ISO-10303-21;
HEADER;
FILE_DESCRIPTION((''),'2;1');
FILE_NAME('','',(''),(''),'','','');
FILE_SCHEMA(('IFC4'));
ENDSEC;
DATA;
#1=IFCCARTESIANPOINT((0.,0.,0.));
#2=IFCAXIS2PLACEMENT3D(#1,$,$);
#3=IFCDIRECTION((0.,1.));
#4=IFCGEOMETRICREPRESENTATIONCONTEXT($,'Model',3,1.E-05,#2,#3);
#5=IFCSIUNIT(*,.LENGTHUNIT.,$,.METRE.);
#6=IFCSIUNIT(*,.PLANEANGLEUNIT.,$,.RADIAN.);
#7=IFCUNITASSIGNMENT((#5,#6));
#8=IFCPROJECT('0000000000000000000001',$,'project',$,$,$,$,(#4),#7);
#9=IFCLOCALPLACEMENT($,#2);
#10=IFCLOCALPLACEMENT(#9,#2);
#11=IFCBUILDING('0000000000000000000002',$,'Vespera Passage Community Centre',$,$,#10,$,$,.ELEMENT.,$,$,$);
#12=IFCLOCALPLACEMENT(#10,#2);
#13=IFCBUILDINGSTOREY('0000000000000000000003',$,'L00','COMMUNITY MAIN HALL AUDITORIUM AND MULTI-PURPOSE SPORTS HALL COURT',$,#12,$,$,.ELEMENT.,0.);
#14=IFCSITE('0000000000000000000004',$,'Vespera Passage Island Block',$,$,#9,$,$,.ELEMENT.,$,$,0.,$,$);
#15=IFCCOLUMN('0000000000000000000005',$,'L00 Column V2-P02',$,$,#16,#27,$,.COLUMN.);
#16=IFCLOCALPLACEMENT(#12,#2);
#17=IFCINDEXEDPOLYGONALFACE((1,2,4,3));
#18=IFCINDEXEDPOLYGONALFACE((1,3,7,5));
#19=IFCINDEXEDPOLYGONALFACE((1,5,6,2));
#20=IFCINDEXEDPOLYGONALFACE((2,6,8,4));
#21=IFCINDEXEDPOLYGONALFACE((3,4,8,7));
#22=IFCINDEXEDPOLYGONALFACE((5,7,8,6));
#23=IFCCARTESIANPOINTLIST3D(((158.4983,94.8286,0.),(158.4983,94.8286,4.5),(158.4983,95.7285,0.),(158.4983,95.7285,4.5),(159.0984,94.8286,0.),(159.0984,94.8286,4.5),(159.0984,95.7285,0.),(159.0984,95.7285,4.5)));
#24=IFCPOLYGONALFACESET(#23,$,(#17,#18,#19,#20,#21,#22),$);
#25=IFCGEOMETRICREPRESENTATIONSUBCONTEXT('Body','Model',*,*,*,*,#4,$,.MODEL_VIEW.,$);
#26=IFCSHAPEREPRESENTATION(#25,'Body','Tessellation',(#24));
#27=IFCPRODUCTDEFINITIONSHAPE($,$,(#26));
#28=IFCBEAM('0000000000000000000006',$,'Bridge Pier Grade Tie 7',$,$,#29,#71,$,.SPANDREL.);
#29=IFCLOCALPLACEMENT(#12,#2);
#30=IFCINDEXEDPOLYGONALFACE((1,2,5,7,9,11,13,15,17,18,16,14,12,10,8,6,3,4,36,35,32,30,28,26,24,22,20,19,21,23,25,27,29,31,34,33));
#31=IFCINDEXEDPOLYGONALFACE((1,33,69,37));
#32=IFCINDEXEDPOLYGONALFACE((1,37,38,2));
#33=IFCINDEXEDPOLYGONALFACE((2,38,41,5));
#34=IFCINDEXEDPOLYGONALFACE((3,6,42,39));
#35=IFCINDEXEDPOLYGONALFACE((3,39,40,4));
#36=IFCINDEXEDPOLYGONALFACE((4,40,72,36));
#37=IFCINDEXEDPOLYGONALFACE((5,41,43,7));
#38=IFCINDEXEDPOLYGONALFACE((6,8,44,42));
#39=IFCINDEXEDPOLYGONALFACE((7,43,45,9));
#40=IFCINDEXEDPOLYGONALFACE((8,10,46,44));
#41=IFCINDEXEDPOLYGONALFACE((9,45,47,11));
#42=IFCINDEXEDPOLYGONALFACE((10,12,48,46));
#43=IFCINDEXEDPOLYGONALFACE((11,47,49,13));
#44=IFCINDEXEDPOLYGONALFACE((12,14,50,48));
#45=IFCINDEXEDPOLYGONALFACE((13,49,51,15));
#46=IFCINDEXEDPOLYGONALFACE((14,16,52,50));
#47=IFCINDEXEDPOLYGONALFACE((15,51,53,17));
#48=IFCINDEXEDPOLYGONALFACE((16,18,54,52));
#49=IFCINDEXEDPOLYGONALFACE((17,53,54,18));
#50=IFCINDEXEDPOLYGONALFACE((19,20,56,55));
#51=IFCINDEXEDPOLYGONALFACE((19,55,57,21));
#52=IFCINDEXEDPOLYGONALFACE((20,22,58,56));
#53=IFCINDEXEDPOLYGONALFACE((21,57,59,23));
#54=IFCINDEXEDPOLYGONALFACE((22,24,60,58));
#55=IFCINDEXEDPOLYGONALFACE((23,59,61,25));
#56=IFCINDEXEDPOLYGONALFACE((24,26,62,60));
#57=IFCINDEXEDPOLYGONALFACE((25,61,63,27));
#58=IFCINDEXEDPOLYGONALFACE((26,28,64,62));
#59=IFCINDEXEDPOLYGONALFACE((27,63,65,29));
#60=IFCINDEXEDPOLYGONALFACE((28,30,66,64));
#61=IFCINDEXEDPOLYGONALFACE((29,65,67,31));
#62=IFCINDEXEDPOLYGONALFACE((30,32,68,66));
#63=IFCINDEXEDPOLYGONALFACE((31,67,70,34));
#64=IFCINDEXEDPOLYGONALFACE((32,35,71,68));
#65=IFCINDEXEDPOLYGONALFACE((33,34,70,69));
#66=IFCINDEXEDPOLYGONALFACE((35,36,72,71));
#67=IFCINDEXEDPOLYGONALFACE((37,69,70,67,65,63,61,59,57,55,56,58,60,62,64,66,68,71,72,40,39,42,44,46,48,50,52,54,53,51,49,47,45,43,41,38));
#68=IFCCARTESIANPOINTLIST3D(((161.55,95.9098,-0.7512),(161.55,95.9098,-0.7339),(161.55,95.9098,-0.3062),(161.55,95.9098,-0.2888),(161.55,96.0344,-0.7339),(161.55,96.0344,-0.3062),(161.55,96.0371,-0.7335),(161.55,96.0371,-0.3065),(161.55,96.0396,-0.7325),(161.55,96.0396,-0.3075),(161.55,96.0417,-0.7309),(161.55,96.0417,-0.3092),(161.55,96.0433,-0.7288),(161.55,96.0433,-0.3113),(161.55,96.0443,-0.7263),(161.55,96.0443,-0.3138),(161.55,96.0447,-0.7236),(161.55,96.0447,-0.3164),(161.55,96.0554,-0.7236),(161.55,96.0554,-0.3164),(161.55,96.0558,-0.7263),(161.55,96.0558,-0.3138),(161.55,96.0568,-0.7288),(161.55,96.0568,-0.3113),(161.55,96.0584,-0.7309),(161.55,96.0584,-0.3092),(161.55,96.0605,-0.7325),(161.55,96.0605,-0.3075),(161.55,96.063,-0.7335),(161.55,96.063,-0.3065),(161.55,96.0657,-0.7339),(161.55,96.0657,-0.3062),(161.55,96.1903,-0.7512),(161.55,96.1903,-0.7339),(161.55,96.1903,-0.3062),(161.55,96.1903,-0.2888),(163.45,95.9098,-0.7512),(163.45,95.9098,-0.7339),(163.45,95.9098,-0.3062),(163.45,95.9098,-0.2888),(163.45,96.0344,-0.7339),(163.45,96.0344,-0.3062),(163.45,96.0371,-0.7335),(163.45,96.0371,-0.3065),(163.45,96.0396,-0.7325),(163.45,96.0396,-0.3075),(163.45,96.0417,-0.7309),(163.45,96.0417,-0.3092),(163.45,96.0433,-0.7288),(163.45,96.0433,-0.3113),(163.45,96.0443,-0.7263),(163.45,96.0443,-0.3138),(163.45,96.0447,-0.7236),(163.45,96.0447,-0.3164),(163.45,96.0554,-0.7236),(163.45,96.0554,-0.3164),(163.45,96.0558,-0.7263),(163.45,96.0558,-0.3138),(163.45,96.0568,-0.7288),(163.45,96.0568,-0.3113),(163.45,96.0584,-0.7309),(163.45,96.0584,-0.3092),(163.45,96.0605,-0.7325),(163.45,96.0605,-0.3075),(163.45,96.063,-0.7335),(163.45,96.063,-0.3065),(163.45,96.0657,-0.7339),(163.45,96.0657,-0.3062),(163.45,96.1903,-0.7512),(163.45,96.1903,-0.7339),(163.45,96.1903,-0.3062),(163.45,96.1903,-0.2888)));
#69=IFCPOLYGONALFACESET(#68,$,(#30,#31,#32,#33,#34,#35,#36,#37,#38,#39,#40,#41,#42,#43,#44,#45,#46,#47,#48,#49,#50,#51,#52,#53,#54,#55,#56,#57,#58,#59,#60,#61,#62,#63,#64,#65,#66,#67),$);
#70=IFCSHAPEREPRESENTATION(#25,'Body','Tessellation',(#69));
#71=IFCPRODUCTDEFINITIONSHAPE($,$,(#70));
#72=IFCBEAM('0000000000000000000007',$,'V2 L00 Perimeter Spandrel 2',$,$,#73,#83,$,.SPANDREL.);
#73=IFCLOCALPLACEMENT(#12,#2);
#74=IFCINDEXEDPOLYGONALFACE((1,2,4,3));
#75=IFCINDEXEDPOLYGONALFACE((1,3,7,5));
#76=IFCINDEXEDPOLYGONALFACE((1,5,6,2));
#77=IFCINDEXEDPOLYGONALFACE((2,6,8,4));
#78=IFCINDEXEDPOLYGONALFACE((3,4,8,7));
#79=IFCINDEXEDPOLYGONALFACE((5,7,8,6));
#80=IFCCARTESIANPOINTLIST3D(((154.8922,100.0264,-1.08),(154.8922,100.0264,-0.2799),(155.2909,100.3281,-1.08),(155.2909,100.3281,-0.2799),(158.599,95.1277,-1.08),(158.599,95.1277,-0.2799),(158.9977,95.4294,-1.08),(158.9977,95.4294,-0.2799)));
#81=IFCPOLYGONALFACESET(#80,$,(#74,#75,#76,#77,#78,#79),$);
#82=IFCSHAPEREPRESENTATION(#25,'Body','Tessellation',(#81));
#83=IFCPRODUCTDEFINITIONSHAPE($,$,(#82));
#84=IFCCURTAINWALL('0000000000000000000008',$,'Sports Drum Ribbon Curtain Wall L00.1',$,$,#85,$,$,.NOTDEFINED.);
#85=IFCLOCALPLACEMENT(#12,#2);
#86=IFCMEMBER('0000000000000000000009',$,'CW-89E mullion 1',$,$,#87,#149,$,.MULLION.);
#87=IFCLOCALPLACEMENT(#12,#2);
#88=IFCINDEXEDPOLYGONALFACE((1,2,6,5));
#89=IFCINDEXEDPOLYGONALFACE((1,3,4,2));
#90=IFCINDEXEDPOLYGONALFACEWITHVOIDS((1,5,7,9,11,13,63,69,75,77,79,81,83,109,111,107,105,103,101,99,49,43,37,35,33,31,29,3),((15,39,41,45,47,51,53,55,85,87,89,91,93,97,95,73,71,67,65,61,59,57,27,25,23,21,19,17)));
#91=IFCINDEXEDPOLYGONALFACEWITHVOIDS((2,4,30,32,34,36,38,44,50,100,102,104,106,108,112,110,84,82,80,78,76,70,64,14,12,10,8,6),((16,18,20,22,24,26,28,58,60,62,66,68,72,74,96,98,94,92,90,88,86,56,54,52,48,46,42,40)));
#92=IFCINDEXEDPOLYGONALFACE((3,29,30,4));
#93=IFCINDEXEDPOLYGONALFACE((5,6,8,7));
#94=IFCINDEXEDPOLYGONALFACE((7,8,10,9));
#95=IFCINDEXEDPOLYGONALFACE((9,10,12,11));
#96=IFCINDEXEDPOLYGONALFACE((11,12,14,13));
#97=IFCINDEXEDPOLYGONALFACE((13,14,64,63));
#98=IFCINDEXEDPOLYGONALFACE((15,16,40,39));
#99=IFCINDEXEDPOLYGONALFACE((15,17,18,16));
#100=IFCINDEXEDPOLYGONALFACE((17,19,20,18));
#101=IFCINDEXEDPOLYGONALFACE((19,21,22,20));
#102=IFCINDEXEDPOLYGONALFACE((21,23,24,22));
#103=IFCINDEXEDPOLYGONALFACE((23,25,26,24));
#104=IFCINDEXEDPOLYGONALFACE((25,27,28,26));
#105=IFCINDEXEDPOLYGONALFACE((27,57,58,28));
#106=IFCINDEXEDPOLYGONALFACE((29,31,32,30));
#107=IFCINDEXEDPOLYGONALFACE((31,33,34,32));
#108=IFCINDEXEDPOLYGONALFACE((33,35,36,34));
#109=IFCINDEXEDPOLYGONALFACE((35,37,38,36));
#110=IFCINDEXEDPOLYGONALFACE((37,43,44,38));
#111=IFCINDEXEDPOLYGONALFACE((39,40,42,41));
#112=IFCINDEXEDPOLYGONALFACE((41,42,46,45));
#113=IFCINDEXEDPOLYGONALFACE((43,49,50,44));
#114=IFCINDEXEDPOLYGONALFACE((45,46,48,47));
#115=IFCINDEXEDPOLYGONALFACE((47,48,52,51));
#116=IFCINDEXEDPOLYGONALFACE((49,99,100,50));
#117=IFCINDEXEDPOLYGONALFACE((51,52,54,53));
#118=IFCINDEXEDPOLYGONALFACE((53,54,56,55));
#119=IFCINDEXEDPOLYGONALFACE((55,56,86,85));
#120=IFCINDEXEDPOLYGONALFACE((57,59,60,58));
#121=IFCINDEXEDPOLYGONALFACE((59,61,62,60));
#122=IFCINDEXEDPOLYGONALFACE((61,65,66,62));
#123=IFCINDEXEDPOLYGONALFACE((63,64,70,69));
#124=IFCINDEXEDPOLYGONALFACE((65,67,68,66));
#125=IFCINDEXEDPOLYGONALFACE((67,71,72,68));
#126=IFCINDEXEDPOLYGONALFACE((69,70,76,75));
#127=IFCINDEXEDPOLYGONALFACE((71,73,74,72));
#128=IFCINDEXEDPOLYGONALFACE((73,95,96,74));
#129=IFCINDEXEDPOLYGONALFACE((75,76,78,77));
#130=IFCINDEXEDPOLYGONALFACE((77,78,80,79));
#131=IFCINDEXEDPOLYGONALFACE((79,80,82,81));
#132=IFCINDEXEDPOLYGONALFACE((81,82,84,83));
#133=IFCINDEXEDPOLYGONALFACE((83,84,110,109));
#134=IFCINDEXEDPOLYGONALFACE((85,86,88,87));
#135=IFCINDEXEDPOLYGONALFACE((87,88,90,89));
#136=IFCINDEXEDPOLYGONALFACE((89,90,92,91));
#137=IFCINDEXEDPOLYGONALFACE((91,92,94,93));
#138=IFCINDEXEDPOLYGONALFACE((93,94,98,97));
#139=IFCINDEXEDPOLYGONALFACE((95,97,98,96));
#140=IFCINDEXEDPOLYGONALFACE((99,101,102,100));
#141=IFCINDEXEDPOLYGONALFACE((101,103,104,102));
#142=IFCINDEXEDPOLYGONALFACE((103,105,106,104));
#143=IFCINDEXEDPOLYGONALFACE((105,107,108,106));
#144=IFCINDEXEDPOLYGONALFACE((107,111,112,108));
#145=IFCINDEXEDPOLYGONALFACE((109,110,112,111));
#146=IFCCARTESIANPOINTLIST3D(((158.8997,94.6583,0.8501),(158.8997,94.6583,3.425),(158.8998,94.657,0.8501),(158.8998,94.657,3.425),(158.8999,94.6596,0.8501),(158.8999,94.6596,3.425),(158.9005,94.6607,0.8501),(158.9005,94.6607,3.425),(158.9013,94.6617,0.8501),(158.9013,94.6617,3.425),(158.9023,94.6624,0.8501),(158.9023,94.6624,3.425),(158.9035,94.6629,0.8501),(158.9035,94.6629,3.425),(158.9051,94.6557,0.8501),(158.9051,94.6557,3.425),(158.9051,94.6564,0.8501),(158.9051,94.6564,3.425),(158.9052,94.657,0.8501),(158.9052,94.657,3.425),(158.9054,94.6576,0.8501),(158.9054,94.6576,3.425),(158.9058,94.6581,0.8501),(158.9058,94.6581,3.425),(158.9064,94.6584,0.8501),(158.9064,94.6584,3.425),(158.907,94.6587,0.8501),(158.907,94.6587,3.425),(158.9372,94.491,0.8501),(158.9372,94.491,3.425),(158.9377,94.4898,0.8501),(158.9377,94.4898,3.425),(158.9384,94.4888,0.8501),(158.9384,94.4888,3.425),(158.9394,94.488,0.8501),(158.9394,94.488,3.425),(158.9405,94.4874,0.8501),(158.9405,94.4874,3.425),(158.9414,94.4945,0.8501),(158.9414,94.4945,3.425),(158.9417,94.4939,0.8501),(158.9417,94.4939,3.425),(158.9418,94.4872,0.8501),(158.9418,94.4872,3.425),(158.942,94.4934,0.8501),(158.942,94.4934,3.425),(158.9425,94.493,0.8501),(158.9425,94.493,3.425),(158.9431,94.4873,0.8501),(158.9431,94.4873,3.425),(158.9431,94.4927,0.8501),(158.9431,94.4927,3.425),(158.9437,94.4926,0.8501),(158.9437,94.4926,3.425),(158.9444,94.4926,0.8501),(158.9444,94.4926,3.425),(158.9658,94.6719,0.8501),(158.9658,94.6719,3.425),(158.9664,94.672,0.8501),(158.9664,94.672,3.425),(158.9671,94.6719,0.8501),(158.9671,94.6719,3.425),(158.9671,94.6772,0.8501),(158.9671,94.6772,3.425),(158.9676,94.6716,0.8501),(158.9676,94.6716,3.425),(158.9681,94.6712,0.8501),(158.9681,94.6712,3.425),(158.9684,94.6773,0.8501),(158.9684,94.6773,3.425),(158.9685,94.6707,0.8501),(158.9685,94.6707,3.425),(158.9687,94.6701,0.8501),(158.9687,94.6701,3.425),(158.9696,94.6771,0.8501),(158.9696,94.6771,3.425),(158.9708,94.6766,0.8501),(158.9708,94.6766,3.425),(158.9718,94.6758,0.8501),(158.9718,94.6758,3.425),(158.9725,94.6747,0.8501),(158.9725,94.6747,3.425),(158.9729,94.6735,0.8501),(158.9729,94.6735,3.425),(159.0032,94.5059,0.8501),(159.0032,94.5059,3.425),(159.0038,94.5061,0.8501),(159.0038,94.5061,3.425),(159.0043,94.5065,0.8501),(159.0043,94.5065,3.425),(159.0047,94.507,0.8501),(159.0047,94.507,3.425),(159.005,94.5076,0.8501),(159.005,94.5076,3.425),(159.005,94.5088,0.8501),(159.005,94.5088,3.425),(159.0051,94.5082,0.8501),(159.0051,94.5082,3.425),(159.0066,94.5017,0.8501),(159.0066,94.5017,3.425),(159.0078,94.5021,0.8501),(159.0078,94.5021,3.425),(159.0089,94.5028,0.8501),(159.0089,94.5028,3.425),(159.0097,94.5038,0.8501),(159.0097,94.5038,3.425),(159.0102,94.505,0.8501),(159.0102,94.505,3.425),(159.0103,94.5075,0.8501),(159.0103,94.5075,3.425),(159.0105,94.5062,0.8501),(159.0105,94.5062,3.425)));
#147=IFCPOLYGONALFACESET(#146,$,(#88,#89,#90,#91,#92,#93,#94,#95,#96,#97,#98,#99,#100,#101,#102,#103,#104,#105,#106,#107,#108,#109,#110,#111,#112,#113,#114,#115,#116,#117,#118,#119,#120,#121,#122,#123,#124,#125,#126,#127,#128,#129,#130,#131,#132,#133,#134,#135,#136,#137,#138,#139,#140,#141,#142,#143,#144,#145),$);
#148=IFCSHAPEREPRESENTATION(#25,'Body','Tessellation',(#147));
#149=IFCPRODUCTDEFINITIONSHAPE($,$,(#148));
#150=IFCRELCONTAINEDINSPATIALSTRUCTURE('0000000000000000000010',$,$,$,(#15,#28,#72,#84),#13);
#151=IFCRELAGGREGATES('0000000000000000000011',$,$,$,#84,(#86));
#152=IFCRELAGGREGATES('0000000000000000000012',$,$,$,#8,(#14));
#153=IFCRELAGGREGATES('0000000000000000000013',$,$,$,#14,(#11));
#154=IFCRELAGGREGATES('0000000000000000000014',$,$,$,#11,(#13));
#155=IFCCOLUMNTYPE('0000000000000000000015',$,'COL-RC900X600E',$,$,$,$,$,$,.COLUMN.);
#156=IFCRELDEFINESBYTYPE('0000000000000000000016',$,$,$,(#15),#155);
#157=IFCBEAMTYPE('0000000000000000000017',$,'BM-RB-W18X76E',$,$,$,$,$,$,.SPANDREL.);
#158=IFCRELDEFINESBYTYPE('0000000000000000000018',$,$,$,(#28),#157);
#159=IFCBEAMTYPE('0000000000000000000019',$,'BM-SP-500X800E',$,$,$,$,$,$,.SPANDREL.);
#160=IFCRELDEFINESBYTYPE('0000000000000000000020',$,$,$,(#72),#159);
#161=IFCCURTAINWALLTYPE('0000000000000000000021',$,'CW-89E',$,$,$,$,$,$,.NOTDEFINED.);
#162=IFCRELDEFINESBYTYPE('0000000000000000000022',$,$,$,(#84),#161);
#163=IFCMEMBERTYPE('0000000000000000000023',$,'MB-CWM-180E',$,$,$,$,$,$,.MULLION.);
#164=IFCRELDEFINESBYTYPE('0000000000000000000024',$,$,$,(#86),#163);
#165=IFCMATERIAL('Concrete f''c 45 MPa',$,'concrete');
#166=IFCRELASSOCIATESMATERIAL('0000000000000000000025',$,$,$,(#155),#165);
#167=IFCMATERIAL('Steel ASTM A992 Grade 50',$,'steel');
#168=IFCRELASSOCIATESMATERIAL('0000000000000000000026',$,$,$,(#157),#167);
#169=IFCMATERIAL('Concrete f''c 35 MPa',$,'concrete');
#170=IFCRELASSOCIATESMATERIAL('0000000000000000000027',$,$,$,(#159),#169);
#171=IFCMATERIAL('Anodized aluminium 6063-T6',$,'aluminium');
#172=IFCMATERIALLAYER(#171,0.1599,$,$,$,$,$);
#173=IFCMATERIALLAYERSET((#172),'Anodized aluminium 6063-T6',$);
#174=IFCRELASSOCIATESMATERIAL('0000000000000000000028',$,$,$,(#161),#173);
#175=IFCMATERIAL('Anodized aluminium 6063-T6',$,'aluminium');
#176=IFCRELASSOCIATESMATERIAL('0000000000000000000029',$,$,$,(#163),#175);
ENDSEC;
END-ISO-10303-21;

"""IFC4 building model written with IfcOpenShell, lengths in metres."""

from ifc_helpers import new_model, si_unit, direction, frame, origin, origin_2d, place, context, subcontext, project, spatial, rectangle, hollow_rectangle, i_section, extrude, material, layer, layer_set, material_profile, profile_set, type_object, element, aggregate, save


model = new_model("IFC4")

# Units and contexts
model_context = context("Model", 3, precision=1e-05, world=origin(), true_north=direction((0.0, 1.0)))
body_context = subcontext(model_context, "Body", "Model", "MODEL_VIEW")
ifc_project = project(units=[si_unit("LENGTHUNIT", "METRE"), si_unit("PLANEANGLEUNIT", "RADIAN")], contexts=[model_context])

# Site, building, storey
site_placement = place(None, origin())
site = spatial("IfcSite", under=ifc_project, at=site_placement, Name="Vespera Passage Island Block", CompositionType="ELEMENT", RefElevation=0.0)
building_placement = place(site_placement, origin())
building = spatial("IfcBuilding", under=site, at=building_placement, Name="Vespera Passage Community Centre", CompositionType="ELEMENT")
storey_placement = place(building_placement, origin())
storey = spatial("IfcBuildingStorey", under=building, at=storey_placement, Name="L00", Description="COMMUNITY MAIN HALL AUDITORIUM AND MULTI-PURPOSE SPORTS HALL COURT", CompositionType="ELEMENT", Elevation=0.0)

# Column
ifc_material_1 = material(Name="Concrete f'c 45 MPa", Category="concrete")
ifc_material_profile_1 = material_profile(ifc_material_1, rectangle(XDim=0.6001, YDim=0.8999, at=origin_2d()), Name="RC900X600")
ifc_profile_set_1 = profile_set([ifc_material_profile_1], Name="Concrete f'c 45 MPa")
column_type_1 = type_object("IfcColumnType", Name="COL-RC900X600E", PredefinedType="COLUMN", material=ifc_profile_set_1)
column_placement = place(storey_placement, frame((158.7983, 95.2786, 0.0), z_axis=(0.0, 0.0, 1.0), x_axis=(1.0, 0.0, 0.0)))
element("IfcColumn", 1, at=column_placement, inside=storey, type_object=column_type_1, Name="L00 Column V2-P02", PredefinedType="COLUMN", context=body_context, shape_type="SweptSolid", body=[
    extrude(rectangle(XDim=0.6001, YDim=0.8999, at=origin_2d()), origin(), (0.0, 0.0, 1.0), 4.5),
])

# Beams
ifc_material_2 = material(Name="Steel ASTM A992 Grade 50", Category="steel")
ifc_material_profile_2 = material_profile(ifc_material_2, i_section(OverallWidth=0.2805, OverallDepth=0.4624, WebThickness=0.0107, FlangeThickness=0.0173, FilletRadius=0.0103, at=origin_2d()), Name="W18X76")
ifc_profile_set_2 = profile_set([ifc_material_profile_2], Name="Steel ASTM A992 Grade 50")
beam_type_1 = type_object("IfcBeamType", Name="BM-RB-W18X76E", PredefinedType="SPANDREL", material=ifc_profile_set_2)
beam_1_placement = place(storey_placement, frame((161.55, 96.05, -0.52), z_axis=(1.0, 0.0, 0.0), x_axis=(0.0, 1.0, 0.0)))
element("IfcBeam", 2, at=beam_1_placement, inside=storey, type_object=beam_type_1, Name="Bridge Pier Grade Tie 7", PredefinedType="SPANDREL", context=body_context, shape_type="SweptSolid", body=[
    extrude(i_section(OverallWidth=0.2805, OverallDepth=0.4624, WebThickness=0.0107, FlangeThickness=0.0173, FilletRadius=0.0103, at=origin_2d()), origin(), (0.0, 0.0, 1.0), 1.8999),
])
ifc_material_3 = material(Name="Concrete f'c 35 MPa", Category="concrete")
ifc_material_profile_3 = material_profile(ifc_material_3, rectangle(XDim=0.5, YDim=0.8, at=origin_2d()), Name="RC500X800")
ifc_profile_set_3 = profile_set([ifc_material_profile_3], Name="Concrete f'c 35 MPa")
beam_type_2 = type_object("IfcBeamType", Name="BM-SP-500X800E", PredefinedType="SPANDREL", material=ifc_profile_set_3)
beam_2_placement = place(storey_placement, frame((158.7983, 95.2786, -0.6799), z_axis=(-0.603409, 0.797432, 0.0), x_axis=(-0.797432, -0.603409, 0.0)))
element("IfcBeam", 3, at=beam_2_placement, inside=storey, type_object=beam_type_2, Name="V2 L00 Perimeter Spandrel 2", PredefinedType="SPANDREL", context=body_context, shape_type="SweptSolid", body=[
    extrude(rectangle(XDim=0.5, YDim=0.8, at=origin_2d()), origin(), (0.0, 0.0, 1.0), 6.1431),
])

# Curtain wall, member
ifc_material_4 = material(Name="Anodized aluminium 6063-T6", Category="aluminium")
ifc_layer_1 = layer(ifc_material_4, 0.1599)
ifc_layer_set_1 = layer_set([ifc_layer_1], Name="Anodized aluminium 6063-T6")
curtain_wall_type_1 = type_object("IfcCurtainWallType", Name="CW-89E", PredefinedType="NOTDEFINED", material=ifc_layer_set_1)
curtain_wall_1_placement = place(storey_placement, origin())
curtain_wall_1 = element("IfcCurtainWall", 4, at=curtain_wall_1_placement, inside=storey, type_object=curtain_wall_type_1, Name="Sports Drum Ribbon Curtain Wall L00.1", PredefinedType="NOTDEFINED")
ifc_material_5 = material(Name="Anodized aluminium 6063-T6", Category="aluminium")
ifc_material_profile_4 = material_profile(ifc_material_5, hollow_rectangle(XDim=0.075, YDim=0.1799, WallThickness=0.0049, InnerFilletRadius=0.0024, OuterFilletRadius=0.0049, at=origin_2d()), Name="ALU180X75X5")
ifc_profile_set_4 = profile_set([ifc_material_profile_4], Name="Anodized aluminium 6063-T6")
member_type_1 = type_object("IfcMemberType", Name="MB-CWM-180E", PredefinedType="MULLION", material=ifc_profile_set_4)
member_1_placement = place(storey_placement, frame((158.9551, 94.5823, 0.8501), z_axis=(0.0, 0.0, 1.0), x_axis=(0.975553, 0.219763, 0.0)))
member_1 = element("IfcMember", 5, at=member_1_placement, type_object=member_type_1, Name="CW-89E mullion 1", PredefinedType="MULLION", context=body_context, shape_type="SweptSolid", body=[
    extrude(hollow_rectangle(XDim=0.075, YDim=0.1799, WallThickness=0.0049, InnerFilletRadius=0.0024, OuterFilletRadius=0.0049, at=origin_2d()), origin(), (0.0, 0.0, 1.0), 2.575),
])

aggregate(curtain_wall_1, [member_1])

save(model, "model.ifc")
